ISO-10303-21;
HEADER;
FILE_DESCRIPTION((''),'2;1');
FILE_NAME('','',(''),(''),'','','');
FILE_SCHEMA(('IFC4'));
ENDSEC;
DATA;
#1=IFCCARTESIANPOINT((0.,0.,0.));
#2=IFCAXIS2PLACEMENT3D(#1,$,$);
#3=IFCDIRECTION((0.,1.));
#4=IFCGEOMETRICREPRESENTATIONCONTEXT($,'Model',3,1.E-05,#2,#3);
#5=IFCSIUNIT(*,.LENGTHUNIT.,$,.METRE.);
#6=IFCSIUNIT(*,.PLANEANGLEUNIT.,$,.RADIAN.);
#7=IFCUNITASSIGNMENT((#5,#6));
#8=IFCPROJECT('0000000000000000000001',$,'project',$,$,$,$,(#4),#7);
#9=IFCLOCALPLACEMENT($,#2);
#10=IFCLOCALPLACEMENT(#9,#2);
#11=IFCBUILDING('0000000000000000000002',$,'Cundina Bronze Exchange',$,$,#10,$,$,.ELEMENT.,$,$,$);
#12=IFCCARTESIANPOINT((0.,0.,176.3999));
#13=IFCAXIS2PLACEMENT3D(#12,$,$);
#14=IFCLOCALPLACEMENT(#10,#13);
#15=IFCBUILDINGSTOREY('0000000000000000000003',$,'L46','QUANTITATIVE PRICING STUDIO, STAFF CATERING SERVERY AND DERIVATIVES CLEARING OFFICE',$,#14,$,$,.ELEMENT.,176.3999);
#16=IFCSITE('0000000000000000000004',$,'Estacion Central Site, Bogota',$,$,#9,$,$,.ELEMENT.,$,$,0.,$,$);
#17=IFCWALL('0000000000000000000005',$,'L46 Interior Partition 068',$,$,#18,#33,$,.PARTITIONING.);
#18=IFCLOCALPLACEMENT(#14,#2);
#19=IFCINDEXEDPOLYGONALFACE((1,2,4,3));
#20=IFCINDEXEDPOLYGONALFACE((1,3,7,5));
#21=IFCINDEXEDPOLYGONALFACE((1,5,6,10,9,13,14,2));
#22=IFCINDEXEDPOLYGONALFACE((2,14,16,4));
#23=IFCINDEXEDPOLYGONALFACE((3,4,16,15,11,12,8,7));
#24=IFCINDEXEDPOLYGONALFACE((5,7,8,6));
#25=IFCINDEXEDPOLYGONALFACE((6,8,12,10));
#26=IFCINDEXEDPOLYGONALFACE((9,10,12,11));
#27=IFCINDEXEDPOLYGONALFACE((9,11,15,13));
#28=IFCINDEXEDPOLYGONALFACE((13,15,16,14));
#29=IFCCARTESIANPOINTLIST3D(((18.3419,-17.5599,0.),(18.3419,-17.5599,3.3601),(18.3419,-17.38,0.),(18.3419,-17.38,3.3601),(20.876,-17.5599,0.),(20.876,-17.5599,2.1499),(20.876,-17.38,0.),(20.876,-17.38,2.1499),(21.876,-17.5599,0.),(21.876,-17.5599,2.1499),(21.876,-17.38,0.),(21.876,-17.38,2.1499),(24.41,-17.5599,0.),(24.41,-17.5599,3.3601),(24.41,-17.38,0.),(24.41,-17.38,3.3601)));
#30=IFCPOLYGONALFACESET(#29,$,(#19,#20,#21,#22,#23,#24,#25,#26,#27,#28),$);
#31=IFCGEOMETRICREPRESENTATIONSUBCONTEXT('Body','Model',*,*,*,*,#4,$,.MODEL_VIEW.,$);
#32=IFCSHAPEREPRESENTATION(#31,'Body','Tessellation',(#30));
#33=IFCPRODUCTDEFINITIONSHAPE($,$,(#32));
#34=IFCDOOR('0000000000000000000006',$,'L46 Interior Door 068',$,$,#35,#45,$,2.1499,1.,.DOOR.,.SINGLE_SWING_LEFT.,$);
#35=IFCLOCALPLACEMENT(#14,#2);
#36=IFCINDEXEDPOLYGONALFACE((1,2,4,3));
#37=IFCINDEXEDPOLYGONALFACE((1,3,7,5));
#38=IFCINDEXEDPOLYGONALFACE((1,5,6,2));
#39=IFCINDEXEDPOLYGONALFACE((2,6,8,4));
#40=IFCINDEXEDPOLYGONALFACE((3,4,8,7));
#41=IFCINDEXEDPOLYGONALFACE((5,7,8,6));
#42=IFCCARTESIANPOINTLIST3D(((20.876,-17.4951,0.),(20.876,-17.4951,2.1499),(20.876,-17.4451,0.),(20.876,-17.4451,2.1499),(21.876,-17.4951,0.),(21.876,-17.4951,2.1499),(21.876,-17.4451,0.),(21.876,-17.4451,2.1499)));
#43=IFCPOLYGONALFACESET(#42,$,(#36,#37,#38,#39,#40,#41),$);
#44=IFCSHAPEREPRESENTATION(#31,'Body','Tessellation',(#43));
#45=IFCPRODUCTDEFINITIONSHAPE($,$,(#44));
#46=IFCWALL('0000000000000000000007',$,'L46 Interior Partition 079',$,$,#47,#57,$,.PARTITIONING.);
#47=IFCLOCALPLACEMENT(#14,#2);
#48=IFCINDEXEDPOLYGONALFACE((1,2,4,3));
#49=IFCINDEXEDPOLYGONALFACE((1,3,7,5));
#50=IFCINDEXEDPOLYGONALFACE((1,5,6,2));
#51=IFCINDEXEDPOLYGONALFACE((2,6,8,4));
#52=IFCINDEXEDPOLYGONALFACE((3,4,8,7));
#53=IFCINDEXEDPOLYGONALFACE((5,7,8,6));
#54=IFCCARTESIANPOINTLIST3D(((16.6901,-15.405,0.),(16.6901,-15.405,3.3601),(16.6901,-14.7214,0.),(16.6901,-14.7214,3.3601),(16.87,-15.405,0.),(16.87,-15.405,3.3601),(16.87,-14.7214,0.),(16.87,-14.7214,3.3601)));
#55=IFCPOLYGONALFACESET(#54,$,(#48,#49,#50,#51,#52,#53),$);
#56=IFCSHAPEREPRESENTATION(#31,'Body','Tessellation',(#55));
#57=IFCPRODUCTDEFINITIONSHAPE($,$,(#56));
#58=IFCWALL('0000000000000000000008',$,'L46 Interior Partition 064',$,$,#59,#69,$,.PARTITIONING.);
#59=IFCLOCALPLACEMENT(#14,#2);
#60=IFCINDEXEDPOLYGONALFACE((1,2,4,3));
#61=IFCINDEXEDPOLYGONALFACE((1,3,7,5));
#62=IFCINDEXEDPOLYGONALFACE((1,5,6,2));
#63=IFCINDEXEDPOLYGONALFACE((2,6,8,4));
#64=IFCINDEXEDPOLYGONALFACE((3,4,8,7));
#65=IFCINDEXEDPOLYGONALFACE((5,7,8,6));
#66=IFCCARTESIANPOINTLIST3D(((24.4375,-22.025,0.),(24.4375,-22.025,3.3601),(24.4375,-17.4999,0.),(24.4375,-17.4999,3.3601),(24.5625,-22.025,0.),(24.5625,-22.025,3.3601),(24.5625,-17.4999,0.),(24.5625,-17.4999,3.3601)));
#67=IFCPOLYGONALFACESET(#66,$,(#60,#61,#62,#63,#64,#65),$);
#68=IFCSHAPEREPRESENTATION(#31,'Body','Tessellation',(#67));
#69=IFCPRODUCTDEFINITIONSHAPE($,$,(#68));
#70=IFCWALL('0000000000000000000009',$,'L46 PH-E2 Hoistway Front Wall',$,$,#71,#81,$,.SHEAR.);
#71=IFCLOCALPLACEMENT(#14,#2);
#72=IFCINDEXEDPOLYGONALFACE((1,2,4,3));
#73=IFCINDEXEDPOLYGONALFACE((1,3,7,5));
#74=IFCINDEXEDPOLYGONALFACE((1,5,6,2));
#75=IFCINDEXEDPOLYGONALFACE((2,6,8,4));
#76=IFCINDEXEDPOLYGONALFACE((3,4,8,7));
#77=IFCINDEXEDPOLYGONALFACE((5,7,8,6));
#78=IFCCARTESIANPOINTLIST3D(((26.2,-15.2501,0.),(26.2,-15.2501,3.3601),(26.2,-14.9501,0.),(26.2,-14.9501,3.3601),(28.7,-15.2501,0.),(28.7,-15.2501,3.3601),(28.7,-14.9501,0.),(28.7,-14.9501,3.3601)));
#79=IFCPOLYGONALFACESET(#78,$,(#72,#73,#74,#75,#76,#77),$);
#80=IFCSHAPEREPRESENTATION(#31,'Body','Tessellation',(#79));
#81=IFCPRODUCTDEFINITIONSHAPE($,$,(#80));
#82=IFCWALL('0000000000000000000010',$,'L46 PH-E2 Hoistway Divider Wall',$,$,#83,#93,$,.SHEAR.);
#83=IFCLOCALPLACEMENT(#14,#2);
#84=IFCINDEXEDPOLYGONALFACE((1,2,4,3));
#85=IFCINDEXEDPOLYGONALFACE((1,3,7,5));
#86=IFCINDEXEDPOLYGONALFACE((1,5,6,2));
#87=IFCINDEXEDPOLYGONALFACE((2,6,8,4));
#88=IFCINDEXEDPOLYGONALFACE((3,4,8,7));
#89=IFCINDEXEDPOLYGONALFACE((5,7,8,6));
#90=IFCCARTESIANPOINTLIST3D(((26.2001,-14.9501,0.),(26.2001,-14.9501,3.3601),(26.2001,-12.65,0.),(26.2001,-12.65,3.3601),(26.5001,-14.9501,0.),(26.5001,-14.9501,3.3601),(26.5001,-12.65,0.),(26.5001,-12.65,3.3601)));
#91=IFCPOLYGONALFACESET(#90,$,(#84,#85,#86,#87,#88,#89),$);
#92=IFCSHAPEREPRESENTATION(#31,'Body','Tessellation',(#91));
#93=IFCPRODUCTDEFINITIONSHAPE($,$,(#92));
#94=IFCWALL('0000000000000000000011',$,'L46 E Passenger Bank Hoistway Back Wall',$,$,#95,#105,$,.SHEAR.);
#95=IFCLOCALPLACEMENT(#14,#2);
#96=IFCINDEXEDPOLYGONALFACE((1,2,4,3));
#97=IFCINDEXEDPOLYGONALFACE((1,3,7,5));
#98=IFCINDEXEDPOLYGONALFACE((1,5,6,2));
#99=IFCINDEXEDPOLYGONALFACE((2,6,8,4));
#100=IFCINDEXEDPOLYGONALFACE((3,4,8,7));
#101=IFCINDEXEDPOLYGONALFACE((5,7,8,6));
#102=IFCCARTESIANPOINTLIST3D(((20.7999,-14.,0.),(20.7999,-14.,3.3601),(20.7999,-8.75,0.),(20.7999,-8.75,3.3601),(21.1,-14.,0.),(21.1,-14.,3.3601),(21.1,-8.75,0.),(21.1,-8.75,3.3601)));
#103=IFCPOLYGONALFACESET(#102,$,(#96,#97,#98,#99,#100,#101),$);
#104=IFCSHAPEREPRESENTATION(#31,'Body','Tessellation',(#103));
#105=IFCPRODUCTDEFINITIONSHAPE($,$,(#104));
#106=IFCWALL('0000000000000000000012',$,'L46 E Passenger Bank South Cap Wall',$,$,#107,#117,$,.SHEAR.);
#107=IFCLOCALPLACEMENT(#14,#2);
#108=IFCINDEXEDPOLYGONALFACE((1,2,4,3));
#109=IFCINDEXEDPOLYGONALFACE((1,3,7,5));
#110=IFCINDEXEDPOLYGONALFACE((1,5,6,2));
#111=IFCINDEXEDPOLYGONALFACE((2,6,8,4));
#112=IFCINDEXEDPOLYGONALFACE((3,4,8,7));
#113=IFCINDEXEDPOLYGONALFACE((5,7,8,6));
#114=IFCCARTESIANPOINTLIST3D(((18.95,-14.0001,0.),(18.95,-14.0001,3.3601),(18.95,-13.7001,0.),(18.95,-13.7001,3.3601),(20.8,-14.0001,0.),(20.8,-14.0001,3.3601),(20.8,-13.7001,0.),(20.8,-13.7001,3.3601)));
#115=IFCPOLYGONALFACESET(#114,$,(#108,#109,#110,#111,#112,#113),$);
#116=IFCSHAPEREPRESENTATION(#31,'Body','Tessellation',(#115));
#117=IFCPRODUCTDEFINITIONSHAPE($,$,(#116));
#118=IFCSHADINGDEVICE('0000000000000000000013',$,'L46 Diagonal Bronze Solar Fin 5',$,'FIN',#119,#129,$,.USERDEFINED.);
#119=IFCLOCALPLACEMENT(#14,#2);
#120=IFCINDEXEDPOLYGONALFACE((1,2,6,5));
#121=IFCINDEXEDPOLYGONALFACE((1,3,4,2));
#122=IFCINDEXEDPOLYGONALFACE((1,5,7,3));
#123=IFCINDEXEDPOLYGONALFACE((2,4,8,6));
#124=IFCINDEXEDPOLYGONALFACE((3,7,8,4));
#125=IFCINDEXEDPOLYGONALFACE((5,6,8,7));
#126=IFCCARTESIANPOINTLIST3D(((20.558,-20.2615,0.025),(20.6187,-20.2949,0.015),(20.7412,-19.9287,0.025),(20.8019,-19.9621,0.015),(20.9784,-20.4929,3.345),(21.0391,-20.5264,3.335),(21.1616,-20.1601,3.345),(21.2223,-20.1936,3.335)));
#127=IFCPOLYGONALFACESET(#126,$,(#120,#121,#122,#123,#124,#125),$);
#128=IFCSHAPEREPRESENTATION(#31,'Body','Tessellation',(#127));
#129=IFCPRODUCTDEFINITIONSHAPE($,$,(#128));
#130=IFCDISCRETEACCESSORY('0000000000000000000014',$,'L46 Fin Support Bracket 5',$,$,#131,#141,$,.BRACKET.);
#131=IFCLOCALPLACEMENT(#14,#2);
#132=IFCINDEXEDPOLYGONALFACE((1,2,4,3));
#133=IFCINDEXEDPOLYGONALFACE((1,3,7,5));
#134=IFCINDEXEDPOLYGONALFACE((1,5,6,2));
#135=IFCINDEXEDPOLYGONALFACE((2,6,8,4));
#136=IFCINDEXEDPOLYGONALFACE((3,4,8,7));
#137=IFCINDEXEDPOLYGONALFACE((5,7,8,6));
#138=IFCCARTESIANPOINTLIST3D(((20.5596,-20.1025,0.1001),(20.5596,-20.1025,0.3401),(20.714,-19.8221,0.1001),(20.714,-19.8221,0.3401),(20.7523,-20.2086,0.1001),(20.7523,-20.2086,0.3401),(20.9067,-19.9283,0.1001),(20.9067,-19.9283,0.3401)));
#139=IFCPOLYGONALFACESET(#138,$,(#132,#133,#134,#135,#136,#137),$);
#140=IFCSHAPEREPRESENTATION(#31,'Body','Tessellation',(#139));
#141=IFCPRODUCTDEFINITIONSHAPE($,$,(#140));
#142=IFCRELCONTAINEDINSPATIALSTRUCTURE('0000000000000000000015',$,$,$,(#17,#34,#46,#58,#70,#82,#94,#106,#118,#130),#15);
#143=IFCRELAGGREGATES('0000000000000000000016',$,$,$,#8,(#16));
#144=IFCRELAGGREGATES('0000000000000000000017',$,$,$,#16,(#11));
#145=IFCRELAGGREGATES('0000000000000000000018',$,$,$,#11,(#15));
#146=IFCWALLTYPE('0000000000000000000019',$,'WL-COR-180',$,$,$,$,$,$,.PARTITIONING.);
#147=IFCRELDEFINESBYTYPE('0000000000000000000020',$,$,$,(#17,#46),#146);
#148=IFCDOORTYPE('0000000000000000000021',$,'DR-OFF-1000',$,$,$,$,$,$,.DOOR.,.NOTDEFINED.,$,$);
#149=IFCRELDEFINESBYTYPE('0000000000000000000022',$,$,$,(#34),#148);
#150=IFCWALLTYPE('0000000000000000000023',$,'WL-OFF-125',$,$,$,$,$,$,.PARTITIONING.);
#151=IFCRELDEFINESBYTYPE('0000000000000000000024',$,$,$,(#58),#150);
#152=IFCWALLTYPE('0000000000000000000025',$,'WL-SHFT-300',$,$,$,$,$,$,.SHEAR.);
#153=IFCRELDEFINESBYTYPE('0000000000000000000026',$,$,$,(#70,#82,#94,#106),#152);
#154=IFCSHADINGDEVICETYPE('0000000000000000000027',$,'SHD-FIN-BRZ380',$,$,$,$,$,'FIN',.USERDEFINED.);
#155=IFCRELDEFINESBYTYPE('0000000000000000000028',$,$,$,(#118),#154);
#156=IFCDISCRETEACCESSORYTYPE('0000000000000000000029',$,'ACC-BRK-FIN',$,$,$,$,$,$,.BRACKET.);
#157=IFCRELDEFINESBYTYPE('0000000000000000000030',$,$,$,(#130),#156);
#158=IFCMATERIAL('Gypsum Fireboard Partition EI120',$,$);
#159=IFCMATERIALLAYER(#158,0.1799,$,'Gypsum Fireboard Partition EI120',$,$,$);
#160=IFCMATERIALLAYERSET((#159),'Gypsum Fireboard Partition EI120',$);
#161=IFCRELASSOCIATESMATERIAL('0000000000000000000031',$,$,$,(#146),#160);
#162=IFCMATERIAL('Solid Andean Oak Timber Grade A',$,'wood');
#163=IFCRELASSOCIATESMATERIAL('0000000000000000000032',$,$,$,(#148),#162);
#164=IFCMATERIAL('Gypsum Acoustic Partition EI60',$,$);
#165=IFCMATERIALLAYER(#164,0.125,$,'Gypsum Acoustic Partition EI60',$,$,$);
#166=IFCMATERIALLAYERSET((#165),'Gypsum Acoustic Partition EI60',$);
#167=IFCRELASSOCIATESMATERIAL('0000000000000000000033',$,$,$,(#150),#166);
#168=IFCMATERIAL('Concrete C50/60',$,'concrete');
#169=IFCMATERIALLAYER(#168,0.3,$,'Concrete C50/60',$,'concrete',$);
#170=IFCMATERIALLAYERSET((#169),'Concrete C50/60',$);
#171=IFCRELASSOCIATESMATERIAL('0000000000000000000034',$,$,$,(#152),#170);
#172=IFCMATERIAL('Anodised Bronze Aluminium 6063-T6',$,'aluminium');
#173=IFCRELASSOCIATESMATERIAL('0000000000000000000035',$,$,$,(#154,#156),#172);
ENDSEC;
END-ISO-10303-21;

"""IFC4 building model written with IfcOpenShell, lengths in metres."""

from ifc_helpers import new_model, si_unit, direction, frame, frame_2d, origin, origin_2d, place, context, subcontext, project, spatial, rectangle, extrude, material, layer, layer_set, material_profile, profile_set, type_object, element, fill, save


model = new_model("IFC4")

# Units and contexts
model_context = context("Model", 3, precision=1e-05, world=origin(), true_north=direction((0.0, 1.0)))
body_context = subcontext(model_context, "Body", "Model", "MODEL_VIEW")
ifc_project = project(units=[si_unit("LENGTHUNIT", "METRE"), si_unit("PLANEANGLEUNIT", "RADIAN")], contexts=[model_context])

# Site, building, storey
site_placement = place(None, origin())
site = spatial("IfcSite", under=ifc_project, at=site_placement, Name="Estacion Central Site, Bogota", CompositionType="ELEMENT", RefElevation=0.0)
building_placement = place(site_placement, origin())
building = spatial("IfcBuilding", under=site, at=building_placement, Name="Cundina Bronze Exchange", CompositionType="ELEMENT")
storey_placement = place(building_placement, frame((0.0, 0.0, 176.3999)))
storey = spatial("IfcBuildingStorey", under=building, at=storey_placement, Name="L46", Description="QUANTITATIVE PRICING STUDIO, STAFF CATERING SERVERY AND DERIVATIVES CLEARING OFFICE", CompositionType="ELEMENT", Elevation=176.3999)

# Shared definitions
ifc_material_1 = material(Name="Concrete C50/60", Category="concrete")

# Shared definitions
ifc_material_2 = material(Name="Anodised Bronze Aluminium 6063-T6", Category="aluminium")

# Shared definitions
ifc_material_3 = material(Name="Gypsum Fireboard Partition EI120")
ifc_layer_1 = layer(ifc_material_3, 0.1799, Name="Gypsum Fireboard Partition EI120")
ifc_layer_set_1 = layer_set([ifc_layer_1], Name="Gypsum Fireboard Partition EI120")
wall_type_1 = type_object("IfcWallType", Name="WL-COR-180", PredefinedType="PARTITIONING", material=ifc_layer_set_1)

# Shared definitions
ifc_material_4 = material(Name="Solid Andean Oak Timber Grade A", Category="wood")

# Wall, opening, door
door_type_1 = type_object("IfcDoorType", Name="DR-OFF-1000", OperationType="NOTDEFINED", PredefinedType="DOOR", material=ifc_material_4)
wall_1_placement = place(storey_placement, frame((18.3418, -17.47, 0.0), z_axis=(0.0, 0.0, 1.0), x_axis=(1.0, 0.0, 0.0)))
wall_1 = element("IfcWall", 1, at=wall_1_placement, inside=storey, type_object=wall_type_1, Name="L46 Interior Partition 068", PredefinedType="PARTITIONING", context=body_context, shape_type="SweptSolid", body=[
    extrude(rectangle(XDim=6.0681, YDim=0.1799, at=frame_2d((3.0342, 0.0))), origin(), (0.0, 0.0, 1.0), 3.3601),
])
opening_1_placement = place(wall_1_placement, frame((2.5342, 0.0, 0.0)))
opening_1 = element("IfcOpeningElement", 2, at=opening_1_placement, cuts=wall_1, PredefinedType="OPENING", context=body_context, shape_type="SweptSolid", body=[
    extrude(rectangle(XDim=1.0, YDim=2.1499, at=frame_2d((0.5, 1.075))), frame((0.0, 0.0999, 0.0), z_axis=(0.0, -1.0, 0.0), x_axis=(1.0, 0.0, 0.0)), (0.0, 0.0, 1.0), 0.2),
])
door_1_placement = place(opening_1_placement, origin())
door_1 = element("IfcDoor", 3, at=door_1_placement, inside=storey, type_object=door_type_1, Name="L46 Interior Door 068", OperationType="SINGLE_SWING_LEFT", OverallHeight=2.1499, OverallWidth=1.0, PredefinedType="DOOR", context=body_context, shape_type="SweptSolid", body=[
    extrude(rectangle(XDim=1.0, YDim=2.1499, at=frame_2d((0.5, 1.075))), frame((0.0, 0.0249, 0.0), z_axis=(0.0, -1.0, 0.0), x_axis=(1.0, 0.0, 0.0)), (0.0, 0.0, 1.0), 0.05),
])
fill(opening_1, door_1)

# Walls
wall_2_placement = place(storey_placement, frame((16.78, -14.7214, 0.0), z_axis=(0.0, 0.0, 1.0), x_axis=(0.0, -1.0, 0.0)))
element("IfcWall", 4, at=wall_2_placement, inside=storey, type_object=wall_type_1, Name="L46 Interior Partition 079", PredefinedType="PARTITIONING", context=body_context, shape_type="SweptSolid", body=[
    extrude(rectangle(XDim=0.6836, YDim=0.1799, at=frame_2d((0.3418, 0.0))), origin(), (0.0, 0.0, 1.0), 3.3601),
])
ifc_material_5 = material(Name="Gypsum Acoustic Partition EI60")
ifc_layer_2 = layer(ifc_material_5, 0.125, Name="Gypsum Acoustic Partition EI60")
ifc_layer_set_2 = layer_set([ifc_layer_2], Name="Gypsum Acoustic Partition EI60")
wall_type_2 = type_object("IfcWallType", Name="WL-OFF-125", PredefinedType="PARTITIONING", material=ifc_layer_set_2)
wall_3_placement = place(storey_placement, frame((24.5, -22.0251, 0.0), z_axis=(0.0, 0.0, 1.0), x_axis=(0.0, 1.0, 0.0)))
element("IfcWall", 5, at=wall_3_placement, inside=storey, type_object=wall_type_2, Name="L46 Interior Partition 064", PredefinedType="PARTITIONING", context=body_context, shape_type="SweptSolid", body=[
    extrude(rectangle(XDim=4.5251, YDim=0.125, at=frame_2d((2.2627, 0.0))), origin(), (0.0, 0.0, 1.0), 3.3601),
])
ifc_layer_3 = layer(ifc_material_1, 0.3, Name="Concrete C50/60", Category="concrete")
ifc_layer_set_3 = layer_set([ifc_layer_3], Name="Concrete C50/60")
wall_type_3 = type_object("IfcWallType", Name="WL-SHFT-300", PredefinedType="SHEAR", material=ifc_layer_set_3)
wall_4_placement = place(storey_placement, frame((26.2, -15.1001, 0.0), z_axis=(0.0, 0.0, 1.0), x_axis=(1.0, 0.0, 0.0)))
element("IfcWall", 6, at=wall_4_placement, inside=storey, type_object=wall_type_3, Name="L46 PH-E2 Hoistway Front Wall", PredefinedType="SHEAR", context=body_context, shape_type="SweptSolid", body=[
    extrude(rectangle(XDim=2.5, YDim=0.3, at=frame_2d((1.25, 0.0))), origin(), (0.0, 0.0, 1.0), 3.3601),
])
wall_5_placement = place(storey_placement, frame((26.3501, -14.95, 0.0), z_axis=(0.0, 0.0, 1.0), x_axis=(0.0, 1.0, 0.0)))
element("IfcWall", 7, at=wall_5_placement, inside=storey, type_object=wall_type_3, Name="L46 PH-E2 Hoistway Divider Wall", PredefinedType="SHEAR", context=body_context, shape_type="SweptSolid", body=[
    extrude(rectangle(XDim=2.3, YDim=0.3, at=frame_2d((1.1499, 0.0))), origin(), (0.0, 0.0, 1.0), 3.3601),
])
wall_6_placement = place(storey_placement, frame((20.95, -14.0, 0.0), z_axis=(0.0, 0.0, 1.0), x_axis=(0.0, 1.0, 0.0)))
element("IfcWall", 8, at=wall_6_placement, inside=storey, type_object=wall_type_3, Name="L46 E Passenger Bank Hoistway Back Wall", PredefinedType="SHEAR", context=body_context, shape_type="SweptSolid", body=[
    extrude(rectangle(XDim=5.25, YDim=0.3, at=frame_2d((2.625, 0.0))), origin(), (0.0, 0.0, 1.0), 3.3601),
])
wall_7_placement = place(storey_placement, frame((18.95, -13.8501, 0.0), z_axis=(0.0, 0.0, 1.0), x_axis=(1.0, 0.0, 0.0)))
element("IfcWall", 9, at=wall_7_placement, inside=storey, type_object=wall_type_3, Name="L46 E Passenger Bank South Cap Wall", PredefinedType="SHEAR", context=body_context, shape_type="SweptSolid", body=[
    extrude(rectangle(XDim=1.8501, YDim=0.3, at=frame_2d((0.925, 0.0))), origin(), (0.0, 0.0, 1.0), 3.3601),
])

# Shading device
ifc_material_profile_1 = material_profile(ifc_material_2, rectangle(XDim=0.0701, YDim=0.3799, at=origin_2d()), Name="FIN70X380", Category="aluminium")
ifc_profile_set_1 = profile_set([ifc_material_profile_1], Name="Anodised Bronze Aluminium 6063-T6")
shading_device_type = type_object("IfcShadingDeviceType", Name="SHD-FIN-BRZ380", ElementType="FIN", PredefinedType="USERDEFINED", material=ifc_profile_set_1)
shading_device_placement = place(storey_placement, frame((20.6799, -20.1118, 0.02), z_axis=(0.125324, -0.068994, 0.989714), x_axis=(-0.867012, 0.47731, 0.143061)))
element("IfcShadingDevice", 10, at=shading_device_placement, inside=storey, type_object=shading_device_type, Name="L46 Diagonal Bronze Solar Fin 5", ObjectType="FIN", PredefinedType="USERDEFINED", context=body_context, shape_type="SweptSolid", body=[
    extrude(rectangle(XDim=0.0701, YDim=0.3799, at=origin_2d()), origin(), (0.0, 0.0, 1.0), 3.3545),
])

# Discrete accessory
discrete_accessory_type = type_object("IfcDiscreteAccessoryType", Name="ACC-BRK-FIN", PredefinedType="BRACKET", material=ifc_material_2)
discrete_accessory_placement = place(storey_placement, frame((20.7332, -20.0154, 0.1001), z_axis=(0.0, 0.0, 1.0), x_axis=(0.875869, -0.482549, 0.0)))
element("IfcDiscreteAccessory", 11, at=discrete_accessory_placement, inside=storey, type_object=discrete_accessory_type, Name="L46 Fin Support Bracket 5", PredefinedType="BRACKET", context=body_context, shape_type="SweptSolid", body=[
    extrude(rectangle(XDim=0.22, YDim=0.3201, at=origin_2d()), origin(), (0.0, 0.0, 1.0), 0.24),
])

save(model, "model.ifc")
